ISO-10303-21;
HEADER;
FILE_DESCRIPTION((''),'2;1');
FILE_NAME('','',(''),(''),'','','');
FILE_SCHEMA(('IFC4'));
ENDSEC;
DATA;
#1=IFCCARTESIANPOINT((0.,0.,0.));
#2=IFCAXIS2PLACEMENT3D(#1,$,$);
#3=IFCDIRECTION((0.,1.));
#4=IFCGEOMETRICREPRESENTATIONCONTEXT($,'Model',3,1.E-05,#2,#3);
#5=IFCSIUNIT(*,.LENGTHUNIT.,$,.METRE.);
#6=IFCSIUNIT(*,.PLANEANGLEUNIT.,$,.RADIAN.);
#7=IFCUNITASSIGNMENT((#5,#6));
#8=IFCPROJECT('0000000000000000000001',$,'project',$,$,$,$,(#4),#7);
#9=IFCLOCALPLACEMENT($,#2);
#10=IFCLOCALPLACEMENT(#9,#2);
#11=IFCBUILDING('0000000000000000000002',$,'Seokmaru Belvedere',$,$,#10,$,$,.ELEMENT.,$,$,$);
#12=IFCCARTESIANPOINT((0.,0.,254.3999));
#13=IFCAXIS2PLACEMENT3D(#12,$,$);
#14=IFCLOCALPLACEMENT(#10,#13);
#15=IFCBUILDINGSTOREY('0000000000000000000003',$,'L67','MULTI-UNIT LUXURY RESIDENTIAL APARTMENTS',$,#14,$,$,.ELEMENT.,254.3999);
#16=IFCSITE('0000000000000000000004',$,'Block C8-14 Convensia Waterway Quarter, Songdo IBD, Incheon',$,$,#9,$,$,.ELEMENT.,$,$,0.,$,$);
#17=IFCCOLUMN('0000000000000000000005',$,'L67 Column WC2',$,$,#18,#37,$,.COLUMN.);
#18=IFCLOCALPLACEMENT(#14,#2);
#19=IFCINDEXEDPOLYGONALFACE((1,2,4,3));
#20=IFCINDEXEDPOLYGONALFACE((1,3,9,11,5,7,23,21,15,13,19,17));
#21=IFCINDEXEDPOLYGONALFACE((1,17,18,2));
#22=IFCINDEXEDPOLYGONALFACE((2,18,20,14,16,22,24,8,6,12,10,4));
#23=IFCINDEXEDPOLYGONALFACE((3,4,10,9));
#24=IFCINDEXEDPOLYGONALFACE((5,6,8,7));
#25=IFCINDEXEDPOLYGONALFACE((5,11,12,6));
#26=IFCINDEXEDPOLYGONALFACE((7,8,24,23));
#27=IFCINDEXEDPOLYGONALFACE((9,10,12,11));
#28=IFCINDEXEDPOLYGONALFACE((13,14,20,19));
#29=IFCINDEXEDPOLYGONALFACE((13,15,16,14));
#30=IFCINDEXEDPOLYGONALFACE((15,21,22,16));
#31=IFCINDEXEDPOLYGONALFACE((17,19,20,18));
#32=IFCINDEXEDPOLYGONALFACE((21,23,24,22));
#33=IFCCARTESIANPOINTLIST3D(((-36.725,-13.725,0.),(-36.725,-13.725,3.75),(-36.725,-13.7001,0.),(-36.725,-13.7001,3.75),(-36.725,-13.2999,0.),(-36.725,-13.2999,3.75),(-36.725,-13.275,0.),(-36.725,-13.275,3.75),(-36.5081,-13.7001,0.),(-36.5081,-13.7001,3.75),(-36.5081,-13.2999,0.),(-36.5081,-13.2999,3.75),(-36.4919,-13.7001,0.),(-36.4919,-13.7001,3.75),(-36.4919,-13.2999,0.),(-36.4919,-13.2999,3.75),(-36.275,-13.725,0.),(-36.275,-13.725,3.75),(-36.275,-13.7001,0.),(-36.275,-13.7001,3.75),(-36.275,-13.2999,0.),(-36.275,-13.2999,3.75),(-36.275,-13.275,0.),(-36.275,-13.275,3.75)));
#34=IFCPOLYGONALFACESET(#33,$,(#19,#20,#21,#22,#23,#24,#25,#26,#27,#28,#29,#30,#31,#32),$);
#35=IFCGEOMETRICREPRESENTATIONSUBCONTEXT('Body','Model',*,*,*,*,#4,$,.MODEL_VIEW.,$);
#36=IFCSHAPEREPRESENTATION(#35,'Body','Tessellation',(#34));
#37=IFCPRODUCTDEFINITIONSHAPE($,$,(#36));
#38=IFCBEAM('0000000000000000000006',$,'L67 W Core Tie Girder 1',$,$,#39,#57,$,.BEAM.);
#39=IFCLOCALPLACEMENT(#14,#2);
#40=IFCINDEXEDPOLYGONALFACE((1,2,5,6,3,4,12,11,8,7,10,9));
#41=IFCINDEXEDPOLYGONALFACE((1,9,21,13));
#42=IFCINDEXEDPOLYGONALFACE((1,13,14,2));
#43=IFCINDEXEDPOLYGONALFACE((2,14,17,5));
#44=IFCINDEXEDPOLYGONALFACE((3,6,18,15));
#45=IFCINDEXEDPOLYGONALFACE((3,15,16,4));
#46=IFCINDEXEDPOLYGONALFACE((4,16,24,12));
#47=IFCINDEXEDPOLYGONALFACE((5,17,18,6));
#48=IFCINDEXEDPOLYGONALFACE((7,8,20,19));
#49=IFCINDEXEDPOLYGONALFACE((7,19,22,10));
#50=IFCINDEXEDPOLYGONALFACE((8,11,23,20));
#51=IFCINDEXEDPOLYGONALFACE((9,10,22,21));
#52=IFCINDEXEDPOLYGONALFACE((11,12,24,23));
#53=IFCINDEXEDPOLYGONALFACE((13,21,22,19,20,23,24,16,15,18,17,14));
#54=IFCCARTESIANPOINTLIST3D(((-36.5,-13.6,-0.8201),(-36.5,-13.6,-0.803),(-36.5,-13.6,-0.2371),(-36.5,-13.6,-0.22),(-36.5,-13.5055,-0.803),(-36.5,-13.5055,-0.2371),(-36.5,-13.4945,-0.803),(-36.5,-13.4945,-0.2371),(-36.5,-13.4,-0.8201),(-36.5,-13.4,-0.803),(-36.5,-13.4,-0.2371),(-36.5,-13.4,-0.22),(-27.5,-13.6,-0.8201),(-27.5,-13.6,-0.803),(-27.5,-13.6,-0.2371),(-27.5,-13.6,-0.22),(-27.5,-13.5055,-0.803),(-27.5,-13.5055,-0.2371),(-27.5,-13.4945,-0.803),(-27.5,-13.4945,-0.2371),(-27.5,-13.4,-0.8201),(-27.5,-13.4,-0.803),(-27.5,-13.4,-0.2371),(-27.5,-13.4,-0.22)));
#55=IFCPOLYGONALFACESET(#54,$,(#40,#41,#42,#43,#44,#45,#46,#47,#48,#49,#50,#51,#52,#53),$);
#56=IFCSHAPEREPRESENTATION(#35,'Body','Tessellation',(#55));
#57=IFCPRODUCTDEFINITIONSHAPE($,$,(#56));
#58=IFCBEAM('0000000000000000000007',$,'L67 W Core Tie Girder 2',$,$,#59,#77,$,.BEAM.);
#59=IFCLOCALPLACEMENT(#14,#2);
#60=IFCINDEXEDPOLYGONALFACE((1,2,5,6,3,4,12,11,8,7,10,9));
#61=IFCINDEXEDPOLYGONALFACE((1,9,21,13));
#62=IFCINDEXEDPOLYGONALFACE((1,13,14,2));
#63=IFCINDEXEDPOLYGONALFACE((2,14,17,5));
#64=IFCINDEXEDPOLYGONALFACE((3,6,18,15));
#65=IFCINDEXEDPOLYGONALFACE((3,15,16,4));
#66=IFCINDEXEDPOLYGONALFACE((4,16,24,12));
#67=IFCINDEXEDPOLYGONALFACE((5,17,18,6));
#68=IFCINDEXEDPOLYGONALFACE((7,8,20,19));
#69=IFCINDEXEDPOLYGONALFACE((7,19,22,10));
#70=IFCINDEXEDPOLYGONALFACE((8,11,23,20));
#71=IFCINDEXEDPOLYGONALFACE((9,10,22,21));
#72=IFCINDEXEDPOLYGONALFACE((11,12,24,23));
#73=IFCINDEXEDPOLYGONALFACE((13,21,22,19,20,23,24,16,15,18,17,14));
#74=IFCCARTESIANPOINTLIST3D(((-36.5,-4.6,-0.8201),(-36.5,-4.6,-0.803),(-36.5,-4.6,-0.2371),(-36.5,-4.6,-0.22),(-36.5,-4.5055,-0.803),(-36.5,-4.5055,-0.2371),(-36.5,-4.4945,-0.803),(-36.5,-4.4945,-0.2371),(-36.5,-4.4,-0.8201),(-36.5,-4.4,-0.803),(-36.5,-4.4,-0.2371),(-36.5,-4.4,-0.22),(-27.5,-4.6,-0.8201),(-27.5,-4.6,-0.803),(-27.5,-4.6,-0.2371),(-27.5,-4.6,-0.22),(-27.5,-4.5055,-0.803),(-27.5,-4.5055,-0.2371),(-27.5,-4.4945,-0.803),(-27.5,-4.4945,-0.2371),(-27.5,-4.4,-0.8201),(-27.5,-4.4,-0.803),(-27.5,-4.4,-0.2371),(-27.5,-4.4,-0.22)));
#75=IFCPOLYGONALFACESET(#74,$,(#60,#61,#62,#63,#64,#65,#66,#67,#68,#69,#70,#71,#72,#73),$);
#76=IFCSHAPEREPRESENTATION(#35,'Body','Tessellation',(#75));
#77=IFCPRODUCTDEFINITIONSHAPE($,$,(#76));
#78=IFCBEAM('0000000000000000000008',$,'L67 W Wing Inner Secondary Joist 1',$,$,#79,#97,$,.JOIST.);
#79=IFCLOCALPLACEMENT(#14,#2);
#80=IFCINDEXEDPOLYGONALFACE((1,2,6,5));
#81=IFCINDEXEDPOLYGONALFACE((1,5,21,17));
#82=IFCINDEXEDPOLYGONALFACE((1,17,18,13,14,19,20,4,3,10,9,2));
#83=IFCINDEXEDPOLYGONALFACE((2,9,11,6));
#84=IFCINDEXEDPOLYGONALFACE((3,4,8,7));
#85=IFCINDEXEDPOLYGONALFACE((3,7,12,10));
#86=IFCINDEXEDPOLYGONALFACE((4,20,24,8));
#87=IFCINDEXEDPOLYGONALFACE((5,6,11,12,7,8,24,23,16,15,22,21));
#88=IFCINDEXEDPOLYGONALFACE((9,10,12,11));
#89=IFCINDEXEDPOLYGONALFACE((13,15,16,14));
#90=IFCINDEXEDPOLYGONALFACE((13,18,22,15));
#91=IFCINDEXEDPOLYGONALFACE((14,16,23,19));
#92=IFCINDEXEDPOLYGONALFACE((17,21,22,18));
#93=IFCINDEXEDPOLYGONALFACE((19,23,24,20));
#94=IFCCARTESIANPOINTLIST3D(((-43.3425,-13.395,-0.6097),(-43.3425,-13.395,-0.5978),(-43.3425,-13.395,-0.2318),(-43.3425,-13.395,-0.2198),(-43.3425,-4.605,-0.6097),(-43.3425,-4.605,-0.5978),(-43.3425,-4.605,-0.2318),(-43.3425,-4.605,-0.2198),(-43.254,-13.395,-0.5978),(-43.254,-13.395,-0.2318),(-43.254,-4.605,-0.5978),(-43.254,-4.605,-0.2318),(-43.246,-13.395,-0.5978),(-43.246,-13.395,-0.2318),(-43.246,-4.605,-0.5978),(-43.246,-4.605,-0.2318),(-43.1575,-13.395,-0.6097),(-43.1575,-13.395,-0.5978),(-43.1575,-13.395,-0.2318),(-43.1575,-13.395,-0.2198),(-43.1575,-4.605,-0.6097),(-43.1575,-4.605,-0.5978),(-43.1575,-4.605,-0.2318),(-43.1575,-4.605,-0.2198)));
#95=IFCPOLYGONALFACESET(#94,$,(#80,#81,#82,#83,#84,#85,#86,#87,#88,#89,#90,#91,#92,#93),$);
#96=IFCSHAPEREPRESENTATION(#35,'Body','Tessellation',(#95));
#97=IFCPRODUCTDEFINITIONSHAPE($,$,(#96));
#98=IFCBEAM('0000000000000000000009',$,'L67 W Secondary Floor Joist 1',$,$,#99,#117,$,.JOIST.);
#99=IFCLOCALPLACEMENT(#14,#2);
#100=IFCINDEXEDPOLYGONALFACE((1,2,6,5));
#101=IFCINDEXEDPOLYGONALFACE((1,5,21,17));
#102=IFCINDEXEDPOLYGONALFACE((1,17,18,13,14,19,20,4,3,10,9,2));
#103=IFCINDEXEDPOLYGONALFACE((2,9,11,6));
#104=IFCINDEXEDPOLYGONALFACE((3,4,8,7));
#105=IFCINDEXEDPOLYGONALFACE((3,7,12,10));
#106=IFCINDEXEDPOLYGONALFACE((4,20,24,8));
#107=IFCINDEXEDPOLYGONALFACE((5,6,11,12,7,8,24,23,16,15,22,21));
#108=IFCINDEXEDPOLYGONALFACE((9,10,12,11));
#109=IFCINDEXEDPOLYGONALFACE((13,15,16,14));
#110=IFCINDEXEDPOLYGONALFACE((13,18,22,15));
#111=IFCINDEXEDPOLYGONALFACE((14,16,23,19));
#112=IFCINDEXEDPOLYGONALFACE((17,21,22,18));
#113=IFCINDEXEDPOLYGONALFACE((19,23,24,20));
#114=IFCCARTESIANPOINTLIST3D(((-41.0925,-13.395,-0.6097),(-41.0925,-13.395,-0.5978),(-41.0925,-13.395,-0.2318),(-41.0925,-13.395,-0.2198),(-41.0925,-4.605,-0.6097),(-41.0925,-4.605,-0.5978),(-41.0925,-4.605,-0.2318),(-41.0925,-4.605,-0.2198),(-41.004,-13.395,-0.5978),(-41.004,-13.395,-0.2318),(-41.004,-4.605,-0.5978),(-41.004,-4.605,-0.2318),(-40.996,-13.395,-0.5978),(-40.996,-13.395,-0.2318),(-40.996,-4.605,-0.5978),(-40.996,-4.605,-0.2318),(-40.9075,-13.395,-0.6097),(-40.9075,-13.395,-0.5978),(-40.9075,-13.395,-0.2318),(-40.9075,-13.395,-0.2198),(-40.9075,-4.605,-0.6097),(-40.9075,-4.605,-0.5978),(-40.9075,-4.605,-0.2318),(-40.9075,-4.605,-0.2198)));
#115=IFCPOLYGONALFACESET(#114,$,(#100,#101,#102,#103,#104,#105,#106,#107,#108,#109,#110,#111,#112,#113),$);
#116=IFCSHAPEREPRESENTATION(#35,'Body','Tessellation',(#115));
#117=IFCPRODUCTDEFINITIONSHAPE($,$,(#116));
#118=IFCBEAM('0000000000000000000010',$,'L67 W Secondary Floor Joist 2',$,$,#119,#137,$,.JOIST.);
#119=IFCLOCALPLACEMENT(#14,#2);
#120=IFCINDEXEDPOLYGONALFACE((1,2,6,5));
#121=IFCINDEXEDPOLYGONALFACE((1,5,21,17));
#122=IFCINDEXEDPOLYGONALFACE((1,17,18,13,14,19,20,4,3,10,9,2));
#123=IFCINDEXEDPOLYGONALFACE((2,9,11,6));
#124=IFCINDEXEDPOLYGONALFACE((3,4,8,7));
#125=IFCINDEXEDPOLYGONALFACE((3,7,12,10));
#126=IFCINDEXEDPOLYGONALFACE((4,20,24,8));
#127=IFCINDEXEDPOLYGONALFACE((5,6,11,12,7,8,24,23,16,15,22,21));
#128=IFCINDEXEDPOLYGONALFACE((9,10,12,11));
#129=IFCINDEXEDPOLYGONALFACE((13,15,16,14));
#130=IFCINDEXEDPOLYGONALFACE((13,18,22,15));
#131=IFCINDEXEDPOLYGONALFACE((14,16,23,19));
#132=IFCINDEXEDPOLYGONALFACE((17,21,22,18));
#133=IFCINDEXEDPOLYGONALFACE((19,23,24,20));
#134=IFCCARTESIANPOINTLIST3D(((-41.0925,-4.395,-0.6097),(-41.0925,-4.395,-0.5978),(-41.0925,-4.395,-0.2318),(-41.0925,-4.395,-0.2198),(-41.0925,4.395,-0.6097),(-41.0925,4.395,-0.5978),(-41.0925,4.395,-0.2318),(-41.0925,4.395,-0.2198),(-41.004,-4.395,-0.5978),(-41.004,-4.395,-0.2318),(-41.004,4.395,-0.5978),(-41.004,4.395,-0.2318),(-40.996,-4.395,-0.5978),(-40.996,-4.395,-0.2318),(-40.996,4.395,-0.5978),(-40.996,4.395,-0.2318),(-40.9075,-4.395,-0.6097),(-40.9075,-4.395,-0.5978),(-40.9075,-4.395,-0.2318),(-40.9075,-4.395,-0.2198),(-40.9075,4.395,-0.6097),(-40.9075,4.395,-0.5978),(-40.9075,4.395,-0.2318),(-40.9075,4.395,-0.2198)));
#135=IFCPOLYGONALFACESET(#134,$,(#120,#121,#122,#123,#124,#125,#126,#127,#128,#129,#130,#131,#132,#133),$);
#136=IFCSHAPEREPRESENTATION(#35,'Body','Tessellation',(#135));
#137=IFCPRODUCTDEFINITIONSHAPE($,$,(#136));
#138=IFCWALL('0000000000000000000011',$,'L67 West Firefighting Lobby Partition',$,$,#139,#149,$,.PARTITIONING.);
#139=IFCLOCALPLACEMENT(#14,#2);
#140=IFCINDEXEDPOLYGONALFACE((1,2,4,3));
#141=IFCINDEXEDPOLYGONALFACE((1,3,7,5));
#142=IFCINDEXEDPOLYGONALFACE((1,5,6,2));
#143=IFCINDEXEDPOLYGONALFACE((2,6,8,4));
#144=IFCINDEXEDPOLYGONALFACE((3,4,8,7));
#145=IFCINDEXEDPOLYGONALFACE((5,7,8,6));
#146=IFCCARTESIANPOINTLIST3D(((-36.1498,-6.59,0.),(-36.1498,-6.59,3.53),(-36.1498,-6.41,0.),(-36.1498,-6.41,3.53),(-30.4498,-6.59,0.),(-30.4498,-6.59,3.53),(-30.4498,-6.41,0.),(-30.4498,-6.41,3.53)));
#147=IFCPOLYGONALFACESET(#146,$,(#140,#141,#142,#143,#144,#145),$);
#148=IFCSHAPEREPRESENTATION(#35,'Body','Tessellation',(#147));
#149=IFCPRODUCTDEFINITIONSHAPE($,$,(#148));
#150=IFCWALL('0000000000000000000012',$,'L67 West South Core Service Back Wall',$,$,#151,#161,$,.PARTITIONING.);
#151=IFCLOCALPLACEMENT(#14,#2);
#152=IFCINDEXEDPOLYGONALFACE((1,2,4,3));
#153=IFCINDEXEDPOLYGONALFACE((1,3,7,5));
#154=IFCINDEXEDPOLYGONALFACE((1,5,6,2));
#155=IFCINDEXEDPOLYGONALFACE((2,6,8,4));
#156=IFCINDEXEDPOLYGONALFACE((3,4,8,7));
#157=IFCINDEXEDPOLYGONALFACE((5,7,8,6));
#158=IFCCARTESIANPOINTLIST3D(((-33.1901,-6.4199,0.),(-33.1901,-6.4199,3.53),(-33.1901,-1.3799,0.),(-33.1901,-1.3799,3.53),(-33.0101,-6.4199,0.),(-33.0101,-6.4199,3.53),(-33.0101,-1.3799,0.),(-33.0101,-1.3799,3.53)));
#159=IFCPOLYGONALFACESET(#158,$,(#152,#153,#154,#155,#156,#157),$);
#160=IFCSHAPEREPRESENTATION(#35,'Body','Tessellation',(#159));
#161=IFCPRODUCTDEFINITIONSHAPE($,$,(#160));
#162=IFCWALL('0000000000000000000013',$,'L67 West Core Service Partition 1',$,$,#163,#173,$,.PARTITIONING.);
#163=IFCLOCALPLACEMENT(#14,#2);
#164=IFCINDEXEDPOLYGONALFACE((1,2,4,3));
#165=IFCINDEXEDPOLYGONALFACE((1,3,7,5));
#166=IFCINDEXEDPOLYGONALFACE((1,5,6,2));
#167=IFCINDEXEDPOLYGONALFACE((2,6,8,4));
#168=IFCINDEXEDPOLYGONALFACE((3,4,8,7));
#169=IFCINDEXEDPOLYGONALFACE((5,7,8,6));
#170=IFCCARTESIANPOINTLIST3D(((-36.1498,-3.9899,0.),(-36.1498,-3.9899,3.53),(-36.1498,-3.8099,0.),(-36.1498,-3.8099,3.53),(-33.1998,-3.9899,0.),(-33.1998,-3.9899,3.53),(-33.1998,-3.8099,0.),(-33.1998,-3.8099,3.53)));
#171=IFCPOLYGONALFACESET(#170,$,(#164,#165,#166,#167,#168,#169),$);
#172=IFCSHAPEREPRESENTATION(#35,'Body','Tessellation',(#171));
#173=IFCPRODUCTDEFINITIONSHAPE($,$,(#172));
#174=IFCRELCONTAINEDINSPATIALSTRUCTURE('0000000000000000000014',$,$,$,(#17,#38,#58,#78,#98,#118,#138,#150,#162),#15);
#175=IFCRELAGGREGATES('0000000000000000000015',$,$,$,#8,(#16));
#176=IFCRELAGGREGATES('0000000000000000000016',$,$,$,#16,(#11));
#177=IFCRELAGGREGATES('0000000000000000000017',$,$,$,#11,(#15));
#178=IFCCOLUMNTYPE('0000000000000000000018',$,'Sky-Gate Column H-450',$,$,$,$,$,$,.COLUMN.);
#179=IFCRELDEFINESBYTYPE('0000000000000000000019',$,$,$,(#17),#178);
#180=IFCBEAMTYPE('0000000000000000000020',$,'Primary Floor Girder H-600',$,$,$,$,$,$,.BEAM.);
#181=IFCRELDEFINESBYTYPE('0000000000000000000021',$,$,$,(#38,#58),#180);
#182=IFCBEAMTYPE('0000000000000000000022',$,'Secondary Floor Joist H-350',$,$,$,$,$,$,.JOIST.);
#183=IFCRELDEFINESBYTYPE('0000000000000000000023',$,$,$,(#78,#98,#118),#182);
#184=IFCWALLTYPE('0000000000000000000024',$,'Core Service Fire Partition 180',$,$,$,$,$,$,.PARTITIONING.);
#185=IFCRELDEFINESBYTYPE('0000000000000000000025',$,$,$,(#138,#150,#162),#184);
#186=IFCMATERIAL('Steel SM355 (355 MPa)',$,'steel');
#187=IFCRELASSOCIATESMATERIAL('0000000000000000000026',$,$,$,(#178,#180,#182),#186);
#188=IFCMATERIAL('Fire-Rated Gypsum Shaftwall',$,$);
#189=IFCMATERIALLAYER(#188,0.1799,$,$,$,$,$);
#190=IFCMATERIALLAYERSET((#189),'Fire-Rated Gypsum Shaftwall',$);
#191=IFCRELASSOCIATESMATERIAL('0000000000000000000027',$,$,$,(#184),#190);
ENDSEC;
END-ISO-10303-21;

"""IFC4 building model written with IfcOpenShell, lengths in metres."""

from ifc_helpers import new_model, si_unit, direction, frame, frame_2d, origin, origin_2d, place, context, subcontext, project, spatial, rectangle, i_section, extrude, source, transform, mapped, material, layer, layer_set, material_profile, profile_set, type_object, type_shapes, element, save


model = new_model("IFC4")

# Units and contexts
model_context = context("Model", 3, precision=1e-05, world=origin(), true_north=direction((0.0, 1.0)))
body_context = subcontext(model_context, "Body", "Model", "MODEL_VIEW")
ifc_project = project(units=[si_unit("LENGTHUNIT", "METRE"), si_unit("PLANEANGLEUNIT", "RADIAN")], contexts=[model_context])

# Site, building, storey
site_placement = place(None, origin())
site = spatial("IfcSite", under=ifc_project, at=site_placement, Name="Block C8-14 Convensia Waterway Quarter, Songdo IBD, Incheon", CompositionType="ELEMENT", RefElevation=0.0)
building_placement = place(site_placement, origin())
building = spatial("IfcBuilding", under=site, at=building_placement, Name="Seokmaru Belvedere", CompositionType="ELEMENT")
storey_placement = place(building_placement, frame((0.0, 0.0, 254.3999)))
storey = spatial("IfcBuildingStorey", under=building, at=storey_placement, Name="L67", Description="MULTI-UNIT LUXURY RESIDENTIAL APARTMENTS", CompositionType="ELEMENT", Elevation=254.3999)

# Column
ifc_material_1 = material(Name="Steel SM355 (355 MPa)", Category="steel")
ifc_material_profile_1 = material_profile(ifc_material_1, i_section(OverallWidth=0.45, OverallDepth=0.45, WebThickness=0.0161, FlangeThickness=0.0249, at=origin_2d()), Name="H-450x450x16x25")
ifc_profile_set_1 = profile_set([ifc_material_profile_1], Name="Steel SM355 (355 MPa)")
column_type = type_object("IfcColumnType", Name="Sky-Gate Column H-450", PredefinedType="COLUMN", material=ifc_profile_set_1)
shared_shape_1 = source(origin(), body_context, "Body", "SweptSolid", [
    extrude(i_section(OverallWidth=0.45, OverallDepth=0.45, WebThickness=0.0161, FlangeThickness=0.0249, at=origin_2d()), origin(), (0.0, 0.0, 1.0), 3.75),
])
type_shapes(column_type, [shared_shape_1])
column_placement = place(storey_placement, frame((-36.5, -13.5, 0.0), z_axis=(0.0, 0.0, 1.0), x_axis=(1.0, 0.0, 0.0)))
element("IfcColumn", 1, at=column_placement, inside=storey, type_object=column_type, Name="L67 Column WC2", PredefinedType="COLUMN", context=body_context, shape_type="MappedRepresentation", body=[
    mapped(shared_shape_1, transform((0.0, 0.0, 0.0), scale=1.0)),
])

# Beams
ifc_material_profile_2 = material_profile(ifc_material_1, i_section(OverallWidth=0.2, OverallDepth=0.6001, WebThickness=0.011, FlangeThickness=0.0171, at=origin_2d()), Name="H-600x200x11x17")
ifc_profile_set_2 = profile_set([ifc_material_profile_2], Name="Steel SM355 (355 MPa)")
beam_type_1 = type_object("IfcBeamType", Name="Primary Floor Girder H-600", PredefinedType="BEAM", material=ifc_profile_set_2)
shared_shape_2 = source(origin(), body_context, "Body", "SweptSolid", [
    extrude(i_section(OverallWidth=0.2, OverallDepth=0.6001, WebThickness=0.011, FlangeThickness=0.0171, at=origin_2d()), origin(), (0.0, 0.0, 1.0), 9.0),
])
type_shapes(beam_type_1, [shared_shape_2])
for number, where, z_axis, x_axis, name in (
    (2, (-36.5, -13.5, -0.52), (1.0, 0.0, 0.0), (0.0, 1.0, 0.0), "L67 W Core Tie Girder 1"),
    (3, (-36.5, -4.5, -0.52), (1.0, 0.0, 0.0), (0.0, 1.0, 0.0), "L67 W Core Tie Girder 2"),
):
    element("IfcBeam", number, at=place(storey_placement, frame(where, z_axis=z_axis, x_axis=x_axis)), inside=storey, type_object=beam_type_1, Name=name, PredefinedType="BEAM", context=body_context, shape_type="MappedRepresentation", body=[
        mapped(shared_shape_2, transform((0.0, 0.0, 0.0), scale=1.0)),
    ])
ifc_material_profile_3 = material_profile(ifc_material_1, i_section(OverallWidth=0.1851, OverallDepth=0.3899, WebThickness=0.0081, FlangeThickness=0.012, at=origin_2d()), Name="H-390x185x8x12")
ifc_profile_set_3 = profile_set([ifc_material_profile_3], Name="Steel SM355 (355 MPa)")
beam_type_2 = type_object("IfcBeamType", Name="Secondary Floor Joist H-350", PredefinedType="JOIST", material=ifc_profile_set_3)
shared_shape_3 = source(origin(), body_context, "Body", "SweptSolid", [
    extrude(i_section(OverallWidth=0.1851, OverallDepth=0.3899, WebThickness=0.0081, FlangeThickness=0.012, at=origin_2d()), origin(), (0.0, 0.0, 1.0), 8.79),
])
type_shapes(beam_type_2, [shared_shape_3])
for number, where, z_axis, x_axis, name in (
    (4, (-43.25, -13.395, -0.4148), (0.0, 1.0, 0.0), (-1.0, 0.0, 0.0), "L67 W Wing Inner Secondary Joist 1"),
    (5, (-41.0, -13.395, -0.4148), (0.0, 1.0, 0.0), (-1.0, 0.0, 0.0), "L67 W Secondary Floor Joist 1"),
    (6, (-41.0, -4.395, -0.4148), (0.0, 1.0, 0.0), (-1.0, 0.0, 0.0), "L67 W Secondary Floor Joist 2"),
):
    element("IfcBeam", number, at=place(storey_placement, frame(where, z_axis=z_axis, x_axis=x_axis)), inside=storey, type_object=beam_type_2, Name=name, PredefinedType="JOIST", context=body_context, shape_type="MappedRepresentation", body=[
        mapped(shared_shape_3, transform((0.0, 0.0, 0.0), scale=1.0)),
    ])

# Walls
ifc_material_2 = material(Name="Fire-Rated Gypsum Shaftwall")
ifc_layer_1 = layer(ifc_material_2, 0.1799)
ifc_layer_set_1 = layer_set([ifc_layer_1], Name="Fire-Rated Gypsum Shaftwall")
wall_type_1 = type_object("IfcWallType", Name="Core Service Fire Partition 180", PredefinedType="PARTITIONING", material=ifc_layer_set_1)
wall_1_placement = place(storey_placement, frame((-36.1499, -6.5, 0.0), z_axis=(0.0, 0.0, 1.0), x_axis=(1.0, 0.0, 0.0)))
element("IfcWall", 7, at=wall_1_placement, inside=storey, type_object=wall_type_1, Name="L67 West Firefighting Lobby Partition", PredefinedType="PARTITIONING", context=body_context, shape_type="SweptSolid", body=[
    extrude(rectangle(XDim=5.7, YDim=0.1799, at=frame_2d((2.8501, 0.0))), origin(), (0.0, 0.0, 1.0), 3.53),
])
wall_2_placement = place(storey_placement, frame((-33.1001, -6.4199, 0.0), z_axis=(0.0, 0.0, 1.0), x_axis=(0.0, 1.0, 0.0)))
element("IfcWall", 8, at=wall_2_placement, inside=storey, type_object=wall_type_1, Name="L67 West South Core Service Back Wall", PredefinedType="PARTITIONING", context=body_context, shape_type="SweptSolid", body=[
    extrude(rectangle(XDim=5.04, YDim=0.1799, at=frame_2d((2.52, 0.0))), origin(), (0.0, 0.0, 1.0), 3.53),
])
wall_3_placement = place(storey_placement, frame((-36.1499, -3.8999, 0.0), z_axis=(0.0, 0.0, 1.0), x_axis=(1.0, 0.0, 0.0)))
element("IfcWall", 9, at=wall_3_placement, inside=storey, type_object=wall_type_1, Name="L67 West Core Service Partition 1", PredefinedType="PARTITIONING", context=body_context, shape_type="SweptSolid", body=[
    extrude(rectangle(XDim=2.95, YDim=0.1799, at=frame_2d((1.4751, 0.0))), origin(), (0.0, 0.0, 1.0), 3.53),
])

save(model, "model.ifc")
